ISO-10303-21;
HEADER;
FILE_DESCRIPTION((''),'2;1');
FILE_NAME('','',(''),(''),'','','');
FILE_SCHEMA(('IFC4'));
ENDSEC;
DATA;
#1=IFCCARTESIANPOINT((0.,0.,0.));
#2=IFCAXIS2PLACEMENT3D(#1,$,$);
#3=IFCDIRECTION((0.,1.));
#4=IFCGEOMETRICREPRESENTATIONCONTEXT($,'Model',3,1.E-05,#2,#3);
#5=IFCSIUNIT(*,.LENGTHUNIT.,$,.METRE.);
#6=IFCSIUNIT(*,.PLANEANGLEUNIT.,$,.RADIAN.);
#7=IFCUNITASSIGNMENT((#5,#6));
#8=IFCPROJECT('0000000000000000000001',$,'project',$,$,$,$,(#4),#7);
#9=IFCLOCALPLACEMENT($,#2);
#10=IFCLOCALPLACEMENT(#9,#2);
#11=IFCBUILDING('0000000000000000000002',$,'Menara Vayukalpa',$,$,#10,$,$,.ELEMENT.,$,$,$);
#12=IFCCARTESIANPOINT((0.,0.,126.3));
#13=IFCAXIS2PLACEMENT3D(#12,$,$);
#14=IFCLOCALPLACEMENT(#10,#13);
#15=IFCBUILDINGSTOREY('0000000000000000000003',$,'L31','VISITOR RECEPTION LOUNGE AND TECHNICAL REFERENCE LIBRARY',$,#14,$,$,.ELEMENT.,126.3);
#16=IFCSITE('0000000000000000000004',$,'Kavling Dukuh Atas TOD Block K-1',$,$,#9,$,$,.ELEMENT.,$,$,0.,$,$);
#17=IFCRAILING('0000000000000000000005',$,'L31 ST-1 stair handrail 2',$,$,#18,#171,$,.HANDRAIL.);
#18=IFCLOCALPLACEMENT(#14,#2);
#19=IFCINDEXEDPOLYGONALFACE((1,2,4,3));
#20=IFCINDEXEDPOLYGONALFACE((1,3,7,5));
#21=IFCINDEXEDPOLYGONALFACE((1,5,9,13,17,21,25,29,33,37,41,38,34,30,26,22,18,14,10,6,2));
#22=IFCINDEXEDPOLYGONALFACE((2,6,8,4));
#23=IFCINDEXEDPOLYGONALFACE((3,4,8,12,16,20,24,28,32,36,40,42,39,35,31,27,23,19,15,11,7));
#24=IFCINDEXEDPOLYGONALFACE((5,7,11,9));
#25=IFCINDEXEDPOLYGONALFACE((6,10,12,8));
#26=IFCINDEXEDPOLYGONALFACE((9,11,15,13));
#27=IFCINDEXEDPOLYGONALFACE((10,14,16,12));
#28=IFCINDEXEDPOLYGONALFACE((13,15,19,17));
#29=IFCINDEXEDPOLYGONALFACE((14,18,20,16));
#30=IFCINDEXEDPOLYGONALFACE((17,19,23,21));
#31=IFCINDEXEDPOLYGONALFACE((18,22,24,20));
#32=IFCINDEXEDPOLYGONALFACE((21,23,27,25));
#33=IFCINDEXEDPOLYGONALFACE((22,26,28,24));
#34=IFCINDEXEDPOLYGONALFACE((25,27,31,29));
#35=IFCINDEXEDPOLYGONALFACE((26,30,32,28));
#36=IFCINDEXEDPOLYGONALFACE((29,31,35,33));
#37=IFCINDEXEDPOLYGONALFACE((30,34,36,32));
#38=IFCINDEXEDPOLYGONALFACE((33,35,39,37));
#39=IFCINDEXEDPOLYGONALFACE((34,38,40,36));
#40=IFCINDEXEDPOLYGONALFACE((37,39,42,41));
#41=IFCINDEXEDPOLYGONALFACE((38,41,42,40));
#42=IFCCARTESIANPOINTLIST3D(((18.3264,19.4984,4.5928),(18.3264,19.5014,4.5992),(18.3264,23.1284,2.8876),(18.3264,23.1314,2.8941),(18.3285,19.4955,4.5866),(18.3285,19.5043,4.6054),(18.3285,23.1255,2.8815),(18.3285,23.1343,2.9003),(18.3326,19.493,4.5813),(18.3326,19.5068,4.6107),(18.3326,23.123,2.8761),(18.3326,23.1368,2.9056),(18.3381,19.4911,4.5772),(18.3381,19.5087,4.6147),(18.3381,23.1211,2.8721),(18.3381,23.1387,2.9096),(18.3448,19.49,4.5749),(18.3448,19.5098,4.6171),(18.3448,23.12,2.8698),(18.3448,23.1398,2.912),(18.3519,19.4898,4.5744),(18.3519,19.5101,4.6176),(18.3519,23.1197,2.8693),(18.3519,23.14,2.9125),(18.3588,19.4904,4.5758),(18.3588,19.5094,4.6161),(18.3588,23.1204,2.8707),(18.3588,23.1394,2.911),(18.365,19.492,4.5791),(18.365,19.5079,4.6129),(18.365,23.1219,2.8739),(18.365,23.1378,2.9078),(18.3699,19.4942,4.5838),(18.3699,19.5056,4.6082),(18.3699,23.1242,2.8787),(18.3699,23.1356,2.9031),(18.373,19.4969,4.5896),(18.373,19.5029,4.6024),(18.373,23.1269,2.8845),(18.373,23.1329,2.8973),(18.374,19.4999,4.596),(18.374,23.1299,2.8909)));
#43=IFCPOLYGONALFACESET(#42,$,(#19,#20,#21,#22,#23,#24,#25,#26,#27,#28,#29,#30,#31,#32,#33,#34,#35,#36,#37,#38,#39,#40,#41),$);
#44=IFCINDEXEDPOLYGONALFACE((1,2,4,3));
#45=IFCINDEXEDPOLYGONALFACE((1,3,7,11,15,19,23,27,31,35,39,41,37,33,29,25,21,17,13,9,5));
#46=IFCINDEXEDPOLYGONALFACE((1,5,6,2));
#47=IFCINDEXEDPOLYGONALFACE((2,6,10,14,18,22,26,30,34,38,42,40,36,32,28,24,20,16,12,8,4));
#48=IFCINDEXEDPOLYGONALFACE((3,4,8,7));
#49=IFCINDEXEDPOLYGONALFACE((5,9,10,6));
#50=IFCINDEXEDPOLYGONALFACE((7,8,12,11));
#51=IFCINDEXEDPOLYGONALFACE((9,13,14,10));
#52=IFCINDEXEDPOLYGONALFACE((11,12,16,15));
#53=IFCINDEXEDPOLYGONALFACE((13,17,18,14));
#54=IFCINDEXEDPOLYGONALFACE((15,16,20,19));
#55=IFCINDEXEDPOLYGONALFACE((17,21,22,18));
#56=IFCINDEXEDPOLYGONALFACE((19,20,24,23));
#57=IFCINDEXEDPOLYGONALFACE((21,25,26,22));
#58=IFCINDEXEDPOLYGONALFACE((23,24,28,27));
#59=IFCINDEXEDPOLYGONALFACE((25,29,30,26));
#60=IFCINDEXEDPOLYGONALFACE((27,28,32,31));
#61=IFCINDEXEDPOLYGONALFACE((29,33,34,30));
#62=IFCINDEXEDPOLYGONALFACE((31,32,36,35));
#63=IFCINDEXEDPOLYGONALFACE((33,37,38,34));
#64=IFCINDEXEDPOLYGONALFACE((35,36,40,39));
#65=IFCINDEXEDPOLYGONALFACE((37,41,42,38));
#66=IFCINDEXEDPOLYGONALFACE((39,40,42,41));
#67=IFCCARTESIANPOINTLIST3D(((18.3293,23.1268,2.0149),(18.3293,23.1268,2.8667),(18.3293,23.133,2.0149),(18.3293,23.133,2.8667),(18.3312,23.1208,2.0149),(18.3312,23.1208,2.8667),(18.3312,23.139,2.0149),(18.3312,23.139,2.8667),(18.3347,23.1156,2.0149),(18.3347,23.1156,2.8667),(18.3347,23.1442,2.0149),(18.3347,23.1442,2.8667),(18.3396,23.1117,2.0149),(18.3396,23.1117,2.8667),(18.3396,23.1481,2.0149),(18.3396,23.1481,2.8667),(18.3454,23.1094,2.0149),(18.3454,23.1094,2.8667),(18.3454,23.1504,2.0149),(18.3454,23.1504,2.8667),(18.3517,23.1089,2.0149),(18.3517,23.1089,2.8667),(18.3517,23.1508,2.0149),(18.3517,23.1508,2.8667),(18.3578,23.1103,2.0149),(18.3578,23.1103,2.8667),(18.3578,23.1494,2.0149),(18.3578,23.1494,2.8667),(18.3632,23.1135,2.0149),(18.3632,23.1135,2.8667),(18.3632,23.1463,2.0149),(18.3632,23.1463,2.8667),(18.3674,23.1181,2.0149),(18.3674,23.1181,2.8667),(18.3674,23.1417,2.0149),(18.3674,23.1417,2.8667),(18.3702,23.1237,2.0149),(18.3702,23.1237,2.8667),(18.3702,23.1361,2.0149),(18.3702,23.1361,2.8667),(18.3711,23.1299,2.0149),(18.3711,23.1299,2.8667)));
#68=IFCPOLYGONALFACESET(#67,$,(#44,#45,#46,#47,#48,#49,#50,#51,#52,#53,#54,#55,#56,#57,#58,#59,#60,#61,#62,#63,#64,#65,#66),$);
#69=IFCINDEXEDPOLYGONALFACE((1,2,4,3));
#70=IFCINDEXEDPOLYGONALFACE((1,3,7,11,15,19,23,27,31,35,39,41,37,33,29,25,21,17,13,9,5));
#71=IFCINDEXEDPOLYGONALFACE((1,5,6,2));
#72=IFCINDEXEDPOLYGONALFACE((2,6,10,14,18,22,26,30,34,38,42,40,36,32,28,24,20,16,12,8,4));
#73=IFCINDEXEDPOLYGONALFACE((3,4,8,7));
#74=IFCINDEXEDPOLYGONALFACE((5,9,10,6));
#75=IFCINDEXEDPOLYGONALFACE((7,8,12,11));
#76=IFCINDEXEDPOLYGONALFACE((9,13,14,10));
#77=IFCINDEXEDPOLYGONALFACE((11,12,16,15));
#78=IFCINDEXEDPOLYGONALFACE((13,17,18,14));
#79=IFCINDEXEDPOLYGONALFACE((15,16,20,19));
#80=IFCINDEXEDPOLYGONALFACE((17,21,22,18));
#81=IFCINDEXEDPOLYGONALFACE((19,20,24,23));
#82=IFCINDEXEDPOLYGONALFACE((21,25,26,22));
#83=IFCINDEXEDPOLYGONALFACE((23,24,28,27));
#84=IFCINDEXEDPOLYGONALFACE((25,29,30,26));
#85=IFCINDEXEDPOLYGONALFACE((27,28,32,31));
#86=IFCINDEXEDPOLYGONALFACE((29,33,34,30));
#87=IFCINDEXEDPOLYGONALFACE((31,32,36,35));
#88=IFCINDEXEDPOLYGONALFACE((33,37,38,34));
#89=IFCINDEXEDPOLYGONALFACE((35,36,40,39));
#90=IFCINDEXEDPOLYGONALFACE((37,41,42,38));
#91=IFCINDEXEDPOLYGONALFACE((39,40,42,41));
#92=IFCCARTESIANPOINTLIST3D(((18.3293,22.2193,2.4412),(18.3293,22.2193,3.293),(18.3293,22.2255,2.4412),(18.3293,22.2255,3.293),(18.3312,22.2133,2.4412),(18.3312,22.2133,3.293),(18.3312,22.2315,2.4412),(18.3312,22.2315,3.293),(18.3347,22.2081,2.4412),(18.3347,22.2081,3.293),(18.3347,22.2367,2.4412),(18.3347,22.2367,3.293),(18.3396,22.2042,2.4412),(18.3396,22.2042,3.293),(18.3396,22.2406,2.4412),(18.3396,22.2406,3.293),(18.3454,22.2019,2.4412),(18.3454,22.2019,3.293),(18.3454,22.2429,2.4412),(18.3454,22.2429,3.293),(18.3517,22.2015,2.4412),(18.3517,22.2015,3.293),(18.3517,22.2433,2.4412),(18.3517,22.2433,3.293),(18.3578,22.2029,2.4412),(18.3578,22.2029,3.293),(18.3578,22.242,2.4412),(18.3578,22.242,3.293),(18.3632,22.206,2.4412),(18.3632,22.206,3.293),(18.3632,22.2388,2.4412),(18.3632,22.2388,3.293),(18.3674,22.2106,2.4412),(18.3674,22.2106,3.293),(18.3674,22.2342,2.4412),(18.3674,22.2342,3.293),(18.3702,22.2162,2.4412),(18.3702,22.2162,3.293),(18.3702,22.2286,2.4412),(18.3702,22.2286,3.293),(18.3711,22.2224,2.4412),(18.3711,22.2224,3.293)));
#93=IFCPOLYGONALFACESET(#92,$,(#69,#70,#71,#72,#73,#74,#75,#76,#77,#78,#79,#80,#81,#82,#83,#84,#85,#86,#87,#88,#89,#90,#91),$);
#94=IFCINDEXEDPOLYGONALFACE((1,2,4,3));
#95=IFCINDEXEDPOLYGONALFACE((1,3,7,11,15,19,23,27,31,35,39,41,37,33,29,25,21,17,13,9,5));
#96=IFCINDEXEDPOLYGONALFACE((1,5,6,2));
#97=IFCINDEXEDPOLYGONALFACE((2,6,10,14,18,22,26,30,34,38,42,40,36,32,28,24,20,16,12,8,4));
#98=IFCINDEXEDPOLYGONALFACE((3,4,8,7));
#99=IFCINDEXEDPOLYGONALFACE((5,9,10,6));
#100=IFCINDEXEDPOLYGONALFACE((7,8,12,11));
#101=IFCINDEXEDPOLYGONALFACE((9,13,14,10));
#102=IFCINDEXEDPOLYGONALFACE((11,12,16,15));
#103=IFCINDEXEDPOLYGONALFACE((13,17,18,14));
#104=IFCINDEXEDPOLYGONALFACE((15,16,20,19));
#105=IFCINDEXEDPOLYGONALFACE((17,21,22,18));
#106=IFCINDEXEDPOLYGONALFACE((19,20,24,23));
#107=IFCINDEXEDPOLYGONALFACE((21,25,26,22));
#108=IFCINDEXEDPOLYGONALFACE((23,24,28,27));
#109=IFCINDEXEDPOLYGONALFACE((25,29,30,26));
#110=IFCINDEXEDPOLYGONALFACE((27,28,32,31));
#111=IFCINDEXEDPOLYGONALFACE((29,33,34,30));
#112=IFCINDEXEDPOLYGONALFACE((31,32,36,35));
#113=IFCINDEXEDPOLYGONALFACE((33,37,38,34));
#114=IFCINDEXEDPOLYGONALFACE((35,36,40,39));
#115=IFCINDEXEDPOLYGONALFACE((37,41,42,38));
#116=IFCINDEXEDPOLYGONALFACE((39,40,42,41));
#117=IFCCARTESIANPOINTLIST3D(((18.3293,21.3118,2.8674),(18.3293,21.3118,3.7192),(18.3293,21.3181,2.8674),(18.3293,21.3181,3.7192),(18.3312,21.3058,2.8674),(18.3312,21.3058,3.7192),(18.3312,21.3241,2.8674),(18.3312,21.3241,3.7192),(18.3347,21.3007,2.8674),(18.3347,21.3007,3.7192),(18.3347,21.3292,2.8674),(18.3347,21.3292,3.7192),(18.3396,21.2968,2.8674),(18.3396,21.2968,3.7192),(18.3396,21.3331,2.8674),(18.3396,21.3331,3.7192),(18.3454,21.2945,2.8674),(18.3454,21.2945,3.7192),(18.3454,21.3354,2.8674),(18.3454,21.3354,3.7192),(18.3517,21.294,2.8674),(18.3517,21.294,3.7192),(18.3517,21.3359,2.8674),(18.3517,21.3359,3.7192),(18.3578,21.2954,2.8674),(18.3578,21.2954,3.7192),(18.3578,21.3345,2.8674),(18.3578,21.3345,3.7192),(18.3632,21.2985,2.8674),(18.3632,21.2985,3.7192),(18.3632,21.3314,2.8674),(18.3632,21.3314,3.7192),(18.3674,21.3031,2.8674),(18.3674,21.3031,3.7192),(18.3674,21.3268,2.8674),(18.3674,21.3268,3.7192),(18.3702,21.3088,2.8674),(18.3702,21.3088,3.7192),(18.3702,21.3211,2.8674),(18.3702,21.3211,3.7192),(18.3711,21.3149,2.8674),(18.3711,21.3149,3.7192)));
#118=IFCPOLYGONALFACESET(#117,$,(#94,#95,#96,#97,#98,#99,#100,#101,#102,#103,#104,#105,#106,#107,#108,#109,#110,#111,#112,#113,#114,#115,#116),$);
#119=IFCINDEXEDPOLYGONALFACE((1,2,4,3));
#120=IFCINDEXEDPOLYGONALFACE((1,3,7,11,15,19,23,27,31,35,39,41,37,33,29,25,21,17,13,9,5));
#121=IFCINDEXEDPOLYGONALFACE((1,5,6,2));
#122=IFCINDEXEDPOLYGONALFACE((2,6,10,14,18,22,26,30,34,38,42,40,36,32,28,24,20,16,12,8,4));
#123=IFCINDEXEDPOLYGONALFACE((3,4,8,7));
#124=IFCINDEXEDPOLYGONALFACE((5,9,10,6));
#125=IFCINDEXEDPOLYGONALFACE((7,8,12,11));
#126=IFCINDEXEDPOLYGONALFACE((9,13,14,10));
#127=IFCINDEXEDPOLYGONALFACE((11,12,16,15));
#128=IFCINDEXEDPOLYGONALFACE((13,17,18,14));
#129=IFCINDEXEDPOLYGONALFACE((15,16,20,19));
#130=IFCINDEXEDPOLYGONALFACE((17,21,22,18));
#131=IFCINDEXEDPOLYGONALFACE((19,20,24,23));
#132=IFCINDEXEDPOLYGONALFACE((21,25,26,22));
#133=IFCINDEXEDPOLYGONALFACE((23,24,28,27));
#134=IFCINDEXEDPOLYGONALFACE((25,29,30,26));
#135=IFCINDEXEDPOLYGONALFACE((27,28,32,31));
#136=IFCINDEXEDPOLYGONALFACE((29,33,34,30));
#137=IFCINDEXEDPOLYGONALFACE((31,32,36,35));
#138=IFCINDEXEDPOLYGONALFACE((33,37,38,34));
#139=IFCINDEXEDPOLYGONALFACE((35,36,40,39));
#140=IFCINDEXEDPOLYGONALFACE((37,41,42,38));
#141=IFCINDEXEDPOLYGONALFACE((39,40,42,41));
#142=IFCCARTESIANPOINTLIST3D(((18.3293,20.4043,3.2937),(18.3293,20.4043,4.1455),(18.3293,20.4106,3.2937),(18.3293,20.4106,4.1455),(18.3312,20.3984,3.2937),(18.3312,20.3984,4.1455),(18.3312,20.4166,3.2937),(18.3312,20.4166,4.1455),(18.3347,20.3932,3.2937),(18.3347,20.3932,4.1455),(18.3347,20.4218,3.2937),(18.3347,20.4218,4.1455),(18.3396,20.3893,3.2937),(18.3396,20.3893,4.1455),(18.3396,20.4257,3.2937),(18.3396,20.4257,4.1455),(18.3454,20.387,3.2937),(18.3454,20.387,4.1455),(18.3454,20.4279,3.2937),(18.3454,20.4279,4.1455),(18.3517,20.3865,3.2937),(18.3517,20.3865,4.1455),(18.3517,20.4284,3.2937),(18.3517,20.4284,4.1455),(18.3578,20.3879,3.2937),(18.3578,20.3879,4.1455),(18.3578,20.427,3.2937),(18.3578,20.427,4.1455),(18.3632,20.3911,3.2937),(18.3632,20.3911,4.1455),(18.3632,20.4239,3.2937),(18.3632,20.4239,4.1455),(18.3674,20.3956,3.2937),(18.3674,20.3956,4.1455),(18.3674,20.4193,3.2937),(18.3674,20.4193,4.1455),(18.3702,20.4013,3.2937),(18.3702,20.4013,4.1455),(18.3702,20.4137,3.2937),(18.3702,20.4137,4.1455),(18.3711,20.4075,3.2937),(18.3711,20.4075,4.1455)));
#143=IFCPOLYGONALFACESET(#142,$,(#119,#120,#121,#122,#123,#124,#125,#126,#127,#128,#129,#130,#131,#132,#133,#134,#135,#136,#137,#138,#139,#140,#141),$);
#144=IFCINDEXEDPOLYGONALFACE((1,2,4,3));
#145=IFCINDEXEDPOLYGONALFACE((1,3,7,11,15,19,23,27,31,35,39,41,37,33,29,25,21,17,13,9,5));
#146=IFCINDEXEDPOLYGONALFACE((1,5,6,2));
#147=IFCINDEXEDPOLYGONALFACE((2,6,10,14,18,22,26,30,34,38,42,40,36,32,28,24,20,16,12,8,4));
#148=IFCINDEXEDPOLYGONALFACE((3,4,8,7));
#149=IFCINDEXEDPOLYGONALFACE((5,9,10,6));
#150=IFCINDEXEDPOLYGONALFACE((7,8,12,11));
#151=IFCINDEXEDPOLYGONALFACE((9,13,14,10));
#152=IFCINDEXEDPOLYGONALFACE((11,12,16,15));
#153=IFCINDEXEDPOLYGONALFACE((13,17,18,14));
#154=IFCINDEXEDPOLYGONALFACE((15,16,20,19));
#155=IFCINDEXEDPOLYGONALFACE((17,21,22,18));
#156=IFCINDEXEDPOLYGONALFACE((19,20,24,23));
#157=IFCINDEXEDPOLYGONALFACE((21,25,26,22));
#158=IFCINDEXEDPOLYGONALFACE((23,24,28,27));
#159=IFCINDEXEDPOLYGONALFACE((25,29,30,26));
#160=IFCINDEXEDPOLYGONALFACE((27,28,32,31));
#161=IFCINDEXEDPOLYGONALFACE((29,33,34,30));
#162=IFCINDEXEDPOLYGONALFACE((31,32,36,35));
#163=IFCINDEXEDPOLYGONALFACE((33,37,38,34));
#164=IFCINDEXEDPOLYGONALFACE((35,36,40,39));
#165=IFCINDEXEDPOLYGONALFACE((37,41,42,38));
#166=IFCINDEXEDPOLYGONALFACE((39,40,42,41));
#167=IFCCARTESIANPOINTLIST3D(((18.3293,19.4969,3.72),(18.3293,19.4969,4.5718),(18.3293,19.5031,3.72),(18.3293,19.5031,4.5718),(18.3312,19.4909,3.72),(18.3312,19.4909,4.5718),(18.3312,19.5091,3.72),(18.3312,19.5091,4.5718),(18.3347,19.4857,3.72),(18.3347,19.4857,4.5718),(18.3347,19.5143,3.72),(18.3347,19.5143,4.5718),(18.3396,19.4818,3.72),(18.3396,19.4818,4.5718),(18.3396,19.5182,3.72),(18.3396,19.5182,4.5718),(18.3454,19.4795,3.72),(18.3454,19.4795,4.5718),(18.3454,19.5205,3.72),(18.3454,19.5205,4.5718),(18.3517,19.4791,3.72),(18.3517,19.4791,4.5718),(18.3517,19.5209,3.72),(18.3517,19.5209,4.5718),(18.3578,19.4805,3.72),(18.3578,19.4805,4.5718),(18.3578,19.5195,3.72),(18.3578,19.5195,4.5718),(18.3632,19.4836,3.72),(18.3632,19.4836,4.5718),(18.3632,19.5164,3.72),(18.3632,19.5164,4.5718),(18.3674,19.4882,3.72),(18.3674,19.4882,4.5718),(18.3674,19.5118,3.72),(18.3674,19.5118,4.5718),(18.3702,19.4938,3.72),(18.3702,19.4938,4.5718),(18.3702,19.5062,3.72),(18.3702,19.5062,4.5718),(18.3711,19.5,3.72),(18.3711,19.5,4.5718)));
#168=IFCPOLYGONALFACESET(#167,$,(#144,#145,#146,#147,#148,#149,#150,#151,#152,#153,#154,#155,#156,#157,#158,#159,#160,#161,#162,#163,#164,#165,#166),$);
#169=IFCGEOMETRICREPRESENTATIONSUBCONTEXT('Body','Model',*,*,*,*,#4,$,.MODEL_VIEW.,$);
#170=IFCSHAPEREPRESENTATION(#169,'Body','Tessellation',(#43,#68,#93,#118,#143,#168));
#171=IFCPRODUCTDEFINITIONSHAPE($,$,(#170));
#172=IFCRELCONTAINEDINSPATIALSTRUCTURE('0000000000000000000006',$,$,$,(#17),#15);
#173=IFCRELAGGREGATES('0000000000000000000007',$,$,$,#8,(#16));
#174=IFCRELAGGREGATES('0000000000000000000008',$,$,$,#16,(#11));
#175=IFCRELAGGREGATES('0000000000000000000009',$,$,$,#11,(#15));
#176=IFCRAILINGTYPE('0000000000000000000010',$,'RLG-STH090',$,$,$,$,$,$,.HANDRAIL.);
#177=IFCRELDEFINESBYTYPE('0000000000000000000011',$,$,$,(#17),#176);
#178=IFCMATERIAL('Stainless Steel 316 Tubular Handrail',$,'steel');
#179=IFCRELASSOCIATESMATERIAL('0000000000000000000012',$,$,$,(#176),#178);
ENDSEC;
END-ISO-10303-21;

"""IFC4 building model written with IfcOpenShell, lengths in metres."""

from ifc_helpers import new_model, si_unit, direction, frame, origin, origin_2d, place, context, subcontext, project, spatial, circle, extrude, material, type_object, element, save


model = new_model("IFC4")

# Units and contexts
model_context = context("Model", 3, precision=1e-05, world=origin(), true_north=direction((0.0, 1.0)))
body_context = subcontext(model_context, "Body", "Model", "MODEL_VIEW")
ifc_project = project(units=[si_unit("LENGTHUNIT", "METRE"), si_unit("PLANEANGLEUNIT", "RADIAN")], contexts=[model_context])

# Site, building, storey
site_placement = place(None, origin())
site = spatial("IfcSite", under=ifc_project, at=site_placement, Name="Kavling Dukuh Atas TOD Block K-1", CompositionType="ELEMENT", RefElevation=0.0)
building_placement = place(site_placement, origin())
building = spatial("IfcBuilding", under=site, at=building_placement, Name="Menara Vayukalpa", CompositionType="ELEMENT")
storey_placement = place(building_placement, frame((0.0, 0.0, 126.3)))
storey = spatial("IfcBuildingStorey", under=building, at=storey_placement, Name="L31", Description="VISITOR RECEPTION LOUNGE AND TECHNICAL REFERENCE LIBRARY", CompositionType="ELEMENT", Elevation=126.3)

# Railing
ifc_material_1 = material(Name="Stainless Steel 316 Tubular Handrail", Category="steel")
railing_type_1 = type_object("IfcRailingType", Name="RLG-STH090", PredefinedType="HANDRAIL", material=ifc_material_1)
railing_1_placement = place(storey_placement, frame((18.3501, 23.1299, 2.0149)))
element("IfcRailing", 1, at=railing_1_placement, inside=storey, type_object=railing_type_1, Name="L31 ST-1 stair handrail 2", PredefinedType="HANDRAIL", context=body_context, shape_type="SweptSolid", body=[
    extrude(circle(Radius=0.0239, at=origin_2d()), frame((0.0, 0.0, 0.876), z_axis=(0.0, -0.905116, 0.425164), x_axis=(1.0, 0.0, 0.0)), (0.0, 0.0, 1.0), 4.0105),
    extrude(circle(Radius=0.021, at=origin_2d()), origin(), (0.0, 0.0, 1.0), 0.8518),
    extrude(circle(Radius=0.021, at=origin_2d()), frame((0.0, -0.9075, 0.4263)), (0.0, 0.0, 1.0), 0.8518),
    extrude(circle(Radius=0.021, at=origin_2d()), frame((0.0, -1.8149, 0.8525)), (0.0, 0.0, 1.0), 0.8518),
    extrude(circle(Radius=0.021, at=origin_2d()), frame((0.0, -2.7224, 1.2788)), (0.0, 0.0, 1.0), 0.8518),
    extrude(circle(Radius=0.021, at=origin_2d()), frame((0.0, -3.6299, 1.7051)), (0.0, 0.0, 1.0), 0.8518),
])

save(model, "model.ifc")
